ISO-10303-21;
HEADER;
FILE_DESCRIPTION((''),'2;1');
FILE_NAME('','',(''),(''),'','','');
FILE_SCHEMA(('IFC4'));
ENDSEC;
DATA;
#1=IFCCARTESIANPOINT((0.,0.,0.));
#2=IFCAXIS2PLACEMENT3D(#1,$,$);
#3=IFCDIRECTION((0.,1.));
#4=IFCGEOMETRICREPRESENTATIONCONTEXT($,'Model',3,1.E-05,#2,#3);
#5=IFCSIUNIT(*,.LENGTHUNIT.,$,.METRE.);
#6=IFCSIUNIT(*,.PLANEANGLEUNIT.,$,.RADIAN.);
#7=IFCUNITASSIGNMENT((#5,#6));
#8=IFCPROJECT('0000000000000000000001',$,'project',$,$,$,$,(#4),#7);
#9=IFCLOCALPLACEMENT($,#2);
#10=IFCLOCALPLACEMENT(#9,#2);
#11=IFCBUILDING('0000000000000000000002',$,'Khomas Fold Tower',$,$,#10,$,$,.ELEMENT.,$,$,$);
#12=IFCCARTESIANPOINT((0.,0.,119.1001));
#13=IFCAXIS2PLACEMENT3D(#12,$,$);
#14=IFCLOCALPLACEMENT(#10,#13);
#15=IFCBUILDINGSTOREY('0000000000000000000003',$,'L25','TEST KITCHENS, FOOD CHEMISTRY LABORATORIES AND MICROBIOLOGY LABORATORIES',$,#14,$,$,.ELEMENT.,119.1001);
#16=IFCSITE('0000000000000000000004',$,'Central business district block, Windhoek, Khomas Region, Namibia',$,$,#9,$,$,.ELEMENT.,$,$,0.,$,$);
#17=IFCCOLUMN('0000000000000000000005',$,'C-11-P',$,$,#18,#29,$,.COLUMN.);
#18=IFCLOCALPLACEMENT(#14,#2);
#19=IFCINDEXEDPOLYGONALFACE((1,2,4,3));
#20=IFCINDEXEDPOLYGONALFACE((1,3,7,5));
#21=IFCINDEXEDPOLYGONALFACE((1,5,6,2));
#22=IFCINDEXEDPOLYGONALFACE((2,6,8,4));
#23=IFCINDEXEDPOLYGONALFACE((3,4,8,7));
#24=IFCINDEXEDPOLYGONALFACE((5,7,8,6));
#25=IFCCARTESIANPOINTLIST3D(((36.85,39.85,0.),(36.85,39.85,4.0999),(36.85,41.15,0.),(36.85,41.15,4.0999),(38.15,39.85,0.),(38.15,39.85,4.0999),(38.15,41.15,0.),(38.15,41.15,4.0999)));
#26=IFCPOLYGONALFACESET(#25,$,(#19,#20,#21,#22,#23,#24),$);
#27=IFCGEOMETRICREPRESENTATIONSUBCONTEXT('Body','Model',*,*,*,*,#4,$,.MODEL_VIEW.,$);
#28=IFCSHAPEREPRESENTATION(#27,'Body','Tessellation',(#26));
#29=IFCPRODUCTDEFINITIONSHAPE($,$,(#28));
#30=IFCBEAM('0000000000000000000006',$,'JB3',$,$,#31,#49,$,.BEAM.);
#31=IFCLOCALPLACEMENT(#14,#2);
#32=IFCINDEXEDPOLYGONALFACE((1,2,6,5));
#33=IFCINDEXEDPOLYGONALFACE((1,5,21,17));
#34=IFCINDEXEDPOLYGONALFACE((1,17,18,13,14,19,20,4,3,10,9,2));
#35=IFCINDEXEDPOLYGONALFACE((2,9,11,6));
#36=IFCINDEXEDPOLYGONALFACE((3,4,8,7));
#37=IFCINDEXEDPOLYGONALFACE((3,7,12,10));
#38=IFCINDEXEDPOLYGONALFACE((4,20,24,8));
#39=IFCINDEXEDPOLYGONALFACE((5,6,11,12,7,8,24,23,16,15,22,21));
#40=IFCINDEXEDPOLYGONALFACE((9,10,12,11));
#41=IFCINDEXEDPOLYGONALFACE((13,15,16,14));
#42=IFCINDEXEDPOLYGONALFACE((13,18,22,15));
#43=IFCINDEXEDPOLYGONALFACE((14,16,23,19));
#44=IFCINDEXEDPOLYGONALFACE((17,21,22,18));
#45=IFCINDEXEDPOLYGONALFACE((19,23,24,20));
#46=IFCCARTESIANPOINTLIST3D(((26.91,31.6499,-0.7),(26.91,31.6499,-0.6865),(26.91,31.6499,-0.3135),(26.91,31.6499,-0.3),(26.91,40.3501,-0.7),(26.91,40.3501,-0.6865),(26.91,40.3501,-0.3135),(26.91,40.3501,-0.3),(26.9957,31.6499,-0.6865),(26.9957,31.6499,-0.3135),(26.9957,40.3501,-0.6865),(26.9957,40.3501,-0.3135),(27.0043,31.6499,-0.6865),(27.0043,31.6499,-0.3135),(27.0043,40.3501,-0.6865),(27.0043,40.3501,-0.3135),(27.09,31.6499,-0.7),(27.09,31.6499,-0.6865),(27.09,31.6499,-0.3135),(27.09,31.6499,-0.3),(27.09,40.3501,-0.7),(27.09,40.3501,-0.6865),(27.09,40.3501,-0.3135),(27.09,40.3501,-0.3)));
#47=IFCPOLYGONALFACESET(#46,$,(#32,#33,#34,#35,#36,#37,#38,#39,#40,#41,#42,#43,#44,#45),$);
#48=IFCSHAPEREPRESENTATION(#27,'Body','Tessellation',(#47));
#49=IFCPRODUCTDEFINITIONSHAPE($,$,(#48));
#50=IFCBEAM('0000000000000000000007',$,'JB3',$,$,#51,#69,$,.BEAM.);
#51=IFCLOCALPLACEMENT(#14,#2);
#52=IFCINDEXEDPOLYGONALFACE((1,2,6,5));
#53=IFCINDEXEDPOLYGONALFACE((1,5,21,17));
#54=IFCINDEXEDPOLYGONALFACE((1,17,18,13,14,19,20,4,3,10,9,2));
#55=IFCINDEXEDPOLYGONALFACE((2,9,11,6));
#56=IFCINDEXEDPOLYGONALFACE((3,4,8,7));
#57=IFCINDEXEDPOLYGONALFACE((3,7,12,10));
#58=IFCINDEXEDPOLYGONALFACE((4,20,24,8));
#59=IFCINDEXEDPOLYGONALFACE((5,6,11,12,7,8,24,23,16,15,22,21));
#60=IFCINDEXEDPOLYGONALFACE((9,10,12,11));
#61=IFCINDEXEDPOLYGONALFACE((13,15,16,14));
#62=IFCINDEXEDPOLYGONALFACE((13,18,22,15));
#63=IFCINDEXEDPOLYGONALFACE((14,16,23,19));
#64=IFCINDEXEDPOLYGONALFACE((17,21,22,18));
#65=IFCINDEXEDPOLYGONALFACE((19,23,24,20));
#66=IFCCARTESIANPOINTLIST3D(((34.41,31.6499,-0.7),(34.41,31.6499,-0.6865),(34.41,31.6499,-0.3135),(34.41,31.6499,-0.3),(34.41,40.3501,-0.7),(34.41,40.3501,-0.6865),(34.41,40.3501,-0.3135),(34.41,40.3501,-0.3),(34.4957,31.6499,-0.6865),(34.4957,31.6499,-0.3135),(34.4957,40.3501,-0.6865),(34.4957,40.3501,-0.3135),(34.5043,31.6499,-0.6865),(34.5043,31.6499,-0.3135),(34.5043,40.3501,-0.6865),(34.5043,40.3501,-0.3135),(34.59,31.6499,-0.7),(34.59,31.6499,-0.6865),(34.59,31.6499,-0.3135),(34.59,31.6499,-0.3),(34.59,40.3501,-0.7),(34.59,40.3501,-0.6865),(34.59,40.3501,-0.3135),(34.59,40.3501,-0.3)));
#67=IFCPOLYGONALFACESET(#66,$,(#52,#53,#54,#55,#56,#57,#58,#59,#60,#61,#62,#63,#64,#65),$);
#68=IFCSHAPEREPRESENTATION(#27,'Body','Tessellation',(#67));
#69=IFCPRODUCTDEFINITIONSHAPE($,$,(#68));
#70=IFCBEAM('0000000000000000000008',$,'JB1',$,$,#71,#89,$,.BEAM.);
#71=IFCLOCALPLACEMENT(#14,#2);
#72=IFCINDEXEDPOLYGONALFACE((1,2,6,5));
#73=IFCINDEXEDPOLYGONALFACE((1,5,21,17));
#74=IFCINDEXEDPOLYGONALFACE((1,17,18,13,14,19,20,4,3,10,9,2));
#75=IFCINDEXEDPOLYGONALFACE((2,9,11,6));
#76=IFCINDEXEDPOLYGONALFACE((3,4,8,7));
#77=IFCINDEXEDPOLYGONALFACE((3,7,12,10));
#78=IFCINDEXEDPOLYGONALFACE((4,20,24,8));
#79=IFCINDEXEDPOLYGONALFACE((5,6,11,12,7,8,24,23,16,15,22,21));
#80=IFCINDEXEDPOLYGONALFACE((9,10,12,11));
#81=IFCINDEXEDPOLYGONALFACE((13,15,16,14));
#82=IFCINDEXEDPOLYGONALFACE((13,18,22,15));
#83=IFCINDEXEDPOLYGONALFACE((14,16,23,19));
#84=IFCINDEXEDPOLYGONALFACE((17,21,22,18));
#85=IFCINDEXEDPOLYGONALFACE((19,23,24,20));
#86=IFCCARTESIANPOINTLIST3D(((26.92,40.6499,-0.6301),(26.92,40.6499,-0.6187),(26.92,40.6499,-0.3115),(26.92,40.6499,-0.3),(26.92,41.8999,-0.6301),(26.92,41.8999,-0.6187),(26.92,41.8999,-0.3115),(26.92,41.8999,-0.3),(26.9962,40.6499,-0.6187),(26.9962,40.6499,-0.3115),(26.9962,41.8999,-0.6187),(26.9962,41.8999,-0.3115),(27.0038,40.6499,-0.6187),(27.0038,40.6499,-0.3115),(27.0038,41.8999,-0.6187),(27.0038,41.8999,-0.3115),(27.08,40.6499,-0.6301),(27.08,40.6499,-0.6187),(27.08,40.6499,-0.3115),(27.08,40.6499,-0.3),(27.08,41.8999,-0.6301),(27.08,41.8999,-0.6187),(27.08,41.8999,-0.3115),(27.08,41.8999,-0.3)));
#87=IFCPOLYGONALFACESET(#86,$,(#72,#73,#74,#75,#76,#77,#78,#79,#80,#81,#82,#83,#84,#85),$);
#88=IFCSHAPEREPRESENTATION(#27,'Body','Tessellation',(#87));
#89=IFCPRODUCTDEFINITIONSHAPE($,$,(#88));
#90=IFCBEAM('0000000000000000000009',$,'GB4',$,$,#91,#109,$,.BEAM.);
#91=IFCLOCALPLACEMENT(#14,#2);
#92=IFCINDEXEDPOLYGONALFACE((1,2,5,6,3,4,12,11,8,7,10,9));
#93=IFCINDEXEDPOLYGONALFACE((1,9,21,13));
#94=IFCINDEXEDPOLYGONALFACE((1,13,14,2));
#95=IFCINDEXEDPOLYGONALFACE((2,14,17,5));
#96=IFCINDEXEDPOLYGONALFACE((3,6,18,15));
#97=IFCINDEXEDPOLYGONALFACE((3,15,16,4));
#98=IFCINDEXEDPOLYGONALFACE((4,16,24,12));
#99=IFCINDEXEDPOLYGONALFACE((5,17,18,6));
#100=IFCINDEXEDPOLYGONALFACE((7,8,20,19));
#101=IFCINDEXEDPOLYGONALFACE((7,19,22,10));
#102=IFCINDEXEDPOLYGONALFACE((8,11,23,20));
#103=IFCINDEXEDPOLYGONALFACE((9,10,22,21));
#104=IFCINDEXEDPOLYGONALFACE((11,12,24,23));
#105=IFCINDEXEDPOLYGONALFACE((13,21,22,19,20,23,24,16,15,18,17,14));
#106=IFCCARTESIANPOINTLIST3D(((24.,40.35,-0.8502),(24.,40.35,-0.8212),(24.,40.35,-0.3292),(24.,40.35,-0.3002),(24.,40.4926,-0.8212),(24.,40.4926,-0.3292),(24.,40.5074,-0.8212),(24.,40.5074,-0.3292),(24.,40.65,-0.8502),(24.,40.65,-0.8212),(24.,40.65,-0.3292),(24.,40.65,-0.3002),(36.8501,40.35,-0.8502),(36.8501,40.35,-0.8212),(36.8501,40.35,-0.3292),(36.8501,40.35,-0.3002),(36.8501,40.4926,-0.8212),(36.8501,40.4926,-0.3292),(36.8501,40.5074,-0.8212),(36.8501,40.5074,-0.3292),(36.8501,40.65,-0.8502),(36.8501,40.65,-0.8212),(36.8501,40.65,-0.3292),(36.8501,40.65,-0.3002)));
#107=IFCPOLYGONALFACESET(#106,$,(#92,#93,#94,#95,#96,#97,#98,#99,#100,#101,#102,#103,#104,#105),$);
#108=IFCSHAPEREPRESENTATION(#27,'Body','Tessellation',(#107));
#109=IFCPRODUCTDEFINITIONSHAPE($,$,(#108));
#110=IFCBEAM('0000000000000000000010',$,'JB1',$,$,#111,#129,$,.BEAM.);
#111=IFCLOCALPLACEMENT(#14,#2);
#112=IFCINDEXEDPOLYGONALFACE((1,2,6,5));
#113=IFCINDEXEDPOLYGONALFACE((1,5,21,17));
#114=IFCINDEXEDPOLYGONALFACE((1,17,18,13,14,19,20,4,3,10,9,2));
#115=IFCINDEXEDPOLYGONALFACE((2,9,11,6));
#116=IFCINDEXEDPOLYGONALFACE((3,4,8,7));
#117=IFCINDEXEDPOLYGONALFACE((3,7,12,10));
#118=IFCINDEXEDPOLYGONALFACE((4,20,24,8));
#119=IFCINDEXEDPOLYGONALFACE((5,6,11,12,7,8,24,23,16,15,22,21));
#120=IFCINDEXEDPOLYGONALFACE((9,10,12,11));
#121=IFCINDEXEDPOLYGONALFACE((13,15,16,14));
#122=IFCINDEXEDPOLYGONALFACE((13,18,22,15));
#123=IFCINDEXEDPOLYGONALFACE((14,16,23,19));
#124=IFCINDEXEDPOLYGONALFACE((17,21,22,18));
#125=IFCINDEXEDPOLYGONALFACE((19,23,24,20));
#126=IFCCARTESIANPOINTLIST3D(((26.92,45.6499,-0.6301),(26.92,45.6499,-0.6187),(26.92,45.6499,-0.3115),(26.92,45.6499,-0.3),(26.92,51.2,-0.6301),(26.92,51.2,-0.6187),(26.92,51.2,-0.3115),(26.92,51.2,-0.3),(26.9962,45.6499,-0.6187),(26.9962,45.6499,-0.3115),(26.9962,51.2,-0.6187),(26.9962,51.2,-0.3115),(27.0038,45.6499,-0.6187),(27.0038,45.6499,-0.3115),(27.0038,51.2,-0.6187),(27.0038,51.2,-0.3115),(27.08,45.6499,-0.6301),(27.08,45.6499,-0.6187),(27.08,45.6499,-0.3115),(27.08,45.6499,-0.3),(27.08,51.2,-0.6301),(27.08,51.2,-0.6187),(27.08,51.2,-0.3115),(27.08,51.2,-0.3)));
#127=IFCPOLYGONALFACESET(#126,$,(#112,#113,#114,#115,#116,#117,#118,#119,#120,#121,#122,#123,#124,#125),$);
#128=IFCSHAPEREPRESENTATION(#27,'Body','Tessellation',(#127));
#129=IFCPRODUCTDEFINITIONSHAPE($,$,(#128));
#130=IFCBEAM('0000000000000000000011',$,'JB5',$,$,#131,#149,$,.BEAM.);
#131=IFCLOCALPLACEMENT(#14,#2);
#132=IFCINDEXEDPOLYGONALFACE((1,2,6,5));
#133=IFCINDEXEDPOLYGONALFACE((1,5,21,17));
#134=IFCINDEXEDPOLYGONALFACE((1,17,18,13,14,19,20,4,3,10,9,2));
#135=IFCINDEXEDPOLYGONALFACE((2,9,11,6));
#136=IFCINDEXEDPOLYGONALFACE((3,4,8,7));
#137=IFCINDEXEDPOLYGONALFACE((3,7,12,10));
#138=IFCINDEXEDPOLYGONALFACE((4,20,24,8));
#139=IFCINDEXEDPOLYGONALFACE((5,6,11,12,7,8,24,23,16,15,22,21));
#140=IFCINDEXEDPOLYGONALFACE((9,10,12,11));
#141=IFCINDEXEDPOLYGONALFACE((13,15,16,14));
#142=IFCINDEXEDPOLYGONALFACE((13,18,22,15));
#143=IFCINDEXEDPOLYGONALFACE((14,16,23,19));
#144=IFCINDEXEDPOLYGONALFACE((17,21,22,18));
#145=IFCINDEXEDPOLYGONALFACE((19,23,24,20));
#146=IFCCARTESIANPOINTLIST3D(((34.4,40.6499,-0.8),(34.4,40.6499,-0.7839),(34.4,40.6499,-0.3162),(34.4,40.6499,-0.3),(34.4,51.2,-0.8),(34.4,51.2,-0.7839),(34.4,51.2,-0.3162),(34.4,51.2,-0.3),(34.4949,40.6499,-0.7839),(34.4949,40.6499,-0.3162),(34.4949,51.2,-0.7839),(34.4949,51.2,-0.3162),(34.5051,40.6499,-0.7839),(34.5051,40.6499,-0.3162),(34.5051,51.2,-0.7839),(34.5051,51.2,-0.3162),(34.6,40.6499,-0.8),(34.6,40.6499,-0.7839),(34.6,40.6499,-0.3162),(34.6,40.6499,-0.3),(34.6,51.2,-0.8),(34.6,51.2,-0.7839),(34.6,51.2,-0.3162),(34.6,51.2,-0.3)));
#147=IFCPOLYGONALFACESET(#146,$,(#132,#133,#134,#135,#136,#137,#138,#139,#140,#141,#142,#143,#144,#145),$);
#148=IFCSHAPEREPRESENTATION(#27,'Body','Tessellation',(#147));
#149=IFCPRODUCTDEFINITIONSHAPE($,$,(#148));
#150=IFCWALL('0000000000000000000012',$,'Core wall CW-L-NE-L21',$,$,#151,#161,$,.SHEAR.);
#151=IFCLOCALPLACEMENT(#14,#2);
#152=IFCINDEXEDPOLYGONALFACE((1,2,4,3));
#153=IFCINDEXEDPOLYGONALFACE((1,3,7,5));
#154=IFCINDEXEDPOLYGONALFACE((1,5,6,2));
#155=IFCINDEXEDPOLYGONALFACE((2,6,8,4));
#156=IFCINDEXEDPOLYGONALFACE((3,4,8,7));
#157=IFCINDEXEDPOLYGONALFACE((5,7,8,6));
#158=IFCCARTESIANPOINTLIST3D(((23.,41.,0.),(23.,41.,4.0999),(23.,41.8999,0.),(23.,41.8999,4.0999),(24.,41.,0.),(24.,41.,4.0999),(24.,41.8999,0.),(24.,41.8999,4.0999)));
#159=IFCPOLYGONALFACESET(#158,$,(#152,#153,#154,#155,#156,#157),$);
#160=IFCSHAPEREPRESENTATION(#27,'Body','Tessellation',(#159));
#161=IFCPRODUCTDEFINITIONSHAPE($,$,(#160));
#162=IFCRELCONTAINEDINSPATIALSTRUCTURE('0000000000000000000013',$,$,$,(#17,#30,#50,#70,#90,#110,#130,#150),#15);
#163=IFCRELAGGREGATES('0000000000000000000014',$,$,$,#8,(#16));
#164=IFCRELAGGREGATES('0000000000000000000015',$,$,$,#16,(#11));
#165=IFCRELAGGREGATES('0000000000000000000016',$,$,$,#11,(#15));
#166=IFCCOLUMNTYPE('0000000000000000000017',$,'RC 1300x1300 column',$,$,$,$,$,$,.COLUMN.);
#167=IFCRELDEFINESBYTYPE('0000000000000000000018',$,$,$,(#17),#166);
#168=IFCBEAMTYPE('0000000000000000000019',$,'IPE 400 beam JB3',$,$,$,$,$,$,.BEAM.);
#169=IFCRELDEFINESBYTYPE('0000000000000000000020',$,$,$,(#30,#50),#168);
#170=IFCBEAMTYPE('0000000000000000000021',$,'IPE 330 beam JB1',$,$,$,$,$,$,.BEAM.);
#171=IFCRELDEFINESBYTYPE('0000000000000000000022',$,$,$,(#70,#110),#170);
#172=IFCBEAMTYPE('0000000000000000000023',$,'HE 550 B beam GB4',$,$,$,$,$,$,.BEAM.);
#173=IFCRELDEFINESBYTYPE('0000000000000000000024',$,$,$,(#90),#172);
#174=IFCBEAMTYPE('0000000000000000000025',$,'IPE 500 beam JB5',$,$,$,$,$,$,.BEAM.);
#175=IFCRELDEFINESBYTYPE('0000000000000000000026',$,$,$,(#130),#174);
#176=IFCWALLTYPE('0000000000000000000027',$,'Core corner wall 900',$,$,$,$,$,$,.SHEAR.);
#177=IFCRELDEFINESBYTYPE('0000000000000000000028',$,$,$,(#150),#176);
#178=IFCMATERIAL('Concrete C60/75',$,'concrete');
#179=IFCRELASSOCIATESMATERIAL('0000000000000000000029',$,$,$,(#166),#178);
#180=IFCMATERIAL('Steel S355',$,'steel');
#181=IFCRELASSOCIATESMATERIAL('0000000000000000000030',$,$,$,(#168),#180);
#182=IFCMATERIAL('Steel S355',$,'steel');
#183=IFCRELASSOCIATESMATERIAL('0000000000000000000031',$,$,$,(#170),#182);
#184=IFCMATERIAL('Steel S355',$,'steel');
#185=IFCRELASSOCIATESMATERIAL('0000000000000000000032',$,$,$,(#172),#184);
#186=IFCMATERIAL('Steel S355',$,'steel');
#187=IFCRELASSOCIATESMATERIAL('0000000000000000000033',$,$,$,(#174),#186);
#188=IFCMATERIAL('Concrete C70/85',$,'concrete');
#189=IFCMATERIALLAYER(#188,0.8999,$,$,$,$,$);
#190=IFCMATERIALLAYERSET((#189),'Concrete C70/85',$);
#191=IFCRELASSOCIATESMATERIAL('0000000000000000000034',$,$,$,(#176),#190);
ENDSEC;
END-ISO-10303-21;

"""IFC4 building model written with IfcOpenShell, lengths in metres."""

from ifc_helpers import new_model, si_unit, direction, frame, frame_2d, origin, origin_2d, place, context, subcontext, project, spatial, rectangle, i_section, extrude, source, transform, mapped, material, layer, layer_set, material_profile, profile_set, type_object, element, save


model = new_model("IFC4")

# Units and contexts
model_context = context("Model", 3, precision=1e-05, world=origin(), true_north=direction((0.0, 1.0)))
body_context = subcontext(model_context, "Body", "Model", "MODEL_VIEW")
ifc_project = project(units=[si_unit("LENGTHUNIT", "METRE"), si_unit("PLANEANGLEUNIT", "RADIAN")], contexts=[model_context])

# Site, building, storey
site_placement = place(None, origin())
site = spatial("IfcSite", under=ifc_project, at=site_placement, Name="Central business district block, Windhoek, Khomas Region, Namibia", CompositionType="ELEMENT", RefElevation=0.0)
building_placement = place(site_placement, origin())
building = spatial("IfcBuilding", under=site, at=building_placement, Name="Khomas Fold Tower", CompositionType="ELEMENT")
storey_placement = place(building_placement, frame((0.0, 0.0, 119.1001)))
storey = spatial("IfcBuildingStorey", under=building, at=storey_placement, Name="L25", Description="TEST KITCHENS, FOOD CHEMISTRY LABORATORIES AND MICROBIOLOGY LABORATORIES", CompositionType="ELEMENT", Elevation=119.1001)

# Column
ifc_material_1 = material(Name="Concrete C60/75", Category="concrete")
ifc_material_profile_1 = material_profile(ifc_material_1, rectangle(XDim=1.3, YDim=1.3, at=origin_2d()), Name="RC 1300x1300")
ifc_profile_set_1 = profile_set([ifc_material_profile_1], Name="Concrete C60/75")
column_type = type_object("IfcColumnType", Name="RC 1300x1300 column", PredefinedType="COLUMN", material=ifc_profile_set_1)
shared_shape_1 = source(origin(), body_context, "Body", "SweptSolid", [
    extrude(rectangle(XDim=1.3, YDim=1.3, at=origin_2d()), origin(), (0.0, 0.0, 1.0), 4.0999),
])
column_placement = place(storey_placement, frame((37.5, 40.5, 0.0), z_axis=(0.0, 0.0, 1.0), x_axis=(1.0, 0.0, 0.0)))
element("IfcColumn", 1, at=column_placement, inside=storey, type_object=column_type, Name="C-11-P", PredefinedType="COLUMN", context=body_context, shape_type="MappedRepresentation", body=[
    mapped(shared_shape_1, transform((0.0, 0.0, 0.0))),
])

# Beams
ifc_material_2 = material(Name="Steel S355", Category="steel")
ifc_material_profile_2 = material_profile(ifc_material_2, i_section(OverallWidth=0.1799, OverallDepth=0.3999, WebThickness=0.0085, FlangeThickness=0.0134, at=origin_2d()), Name="IPE 400")
ifc_profile_set_2 = profile_set([ifc_material_profile_2], Name="Steel S355")
beam_type_1 = type_object("IfcBeamType", Name="IPE 400 beam JB3", PredefinedType="BEAM", material=ifc_profile_set_2)
shared_shape_2 = source(origin(), body_context, "Body", "SweptSolid", [
    extrude(i_section(OverallWidth=0.1799, OverallDepth=0.3999, WebThickness=0.0085, FlangeThickness=0.0134, at=origin_2d()), origin(), (0.0, 0.0, 1.0), 8.7002),
])
for number, where, z_axis, x_axis, name in (
    (2, (27.0, 31.6499, -0.5), (0.0, 1.0, 0.0), (-1.0, 0.0, 0.0), "JB3"),
    (3, (34.5, 31.6499, -0.5), (0.0, 1.0, 0.0), (-1.0, 0.0, 0.0), "JB3"),
):
    element("IfcBeam", number, at=place(storey_placement, frame(where, z_axis=z_axis, x_axis=x_axis)), inside=storey, type_object=beam_type_1, Name=name, PredefinedType="BEAM", context=body_context, shape_type="MappedRepresentation", body=[
        mapped(shared_shape_2, transform((0.0, 0.0, 0.0))),
    ])
ifc_material_3 = material(Name="Steel S355", Category="steel")
ifc_material_profile_3 = material_profile(ifc_material_3, i_section(OverallWidth=0.1599, OverallDepth=0.3301, WebThickness=0.0076, FlangeThickness=0.0115, at=origin_2d()), Name="IPE 330")
ifc_profile_set_3 = profile_set([ifc_material_profile_3], Name="Steel S355")
beam_type_2 = type_object("IfcBeamType", Name="IPE 330 beam JB1", PredefinedType="BEAM", material=ifc_profile_set_3)
shared_shape_3 = source(origin(), body_context, "Body", "SweptSolid", [
    extrude(i_section(OverallWidth=0.1599, OverallDepth=0.3301, WebThickness=0.0076, FlangeThickness=0.0115, at=origin_2d()), origin(), (0.0, 0.0, 1.0), 1.25),
])
beam_1_placement = place(storey_placement, frame((27.0, 40.6499, -0.4651), z_axis=(0.0, 1.0, 0.0), x_axis=(-1.0, 0.0, 0.0)))
element("IfcBeam", 4, at=beam_1_placement, inside=storey, type_object=beam_type_2, Name="JB1", PredefinedType="BEAM", context=body_context, shape_type="MappedRepresentation", body=[
    mapped(shared_shape_3, transform((0.0, 0.0, 0.0))),
])
ifc_material_4 = material(Name="Steel S355", Category="steel")
ifc_material_profile_4 = material_profile(ifc_material_4, i_section(OverallWidth=0.3, OverallDepth=0.55, WebThickness=0.0149, FlangeThickness=0.0291, at=origin_2d()), Name="HE 550 B")
ifc_profile_set_4 = profile_set([ifc_material_profile_4], Name="Steel S355")
beam_type_3 = type_object("IfcBeamType", Name="HE 550 B beam GB4", PredefinedType="BEAM", material=ifc_profile_set_4)
shared_shape_4 = source(origin(), body_context, "Body", "SweptSolid", [
    extrude(i_section(OverallWidth=0.3, OverallDepth=0.55, WebThickness=0.0149, FlangeThickness=0.0291, at=origin_2d()), origin(), (0.0, 0.0, 1.0), 12.8501),
])
beam_2_placement = place(storey_placement, frame((24.0, 40.5, -0.5752), z_axis=(1.0, 0.0, 0.0), x_axis=(0.0, 1.0, 0.0)))
element("IfcBeam", 5, at=beam_2_placement, inside=storey, type_object=beam_type_3, Name="GB4", PredefinedType="BEAM", context=body_context, shape_type="MappedRepresentation", body=[
    mapped(shared_shape_4, transform((0.0, 0.0, 0.0))),
])
shared_shape_5 = source(origin(), body_context, "Body", "SweptSolid", [
    extrude(i_section(OverallWidth=0.1599, OverallDepth=0.3301, WebThickness=0.0076, FlangeThickness=0.0115, at=origin_2d()), origin(), (0.0, 0.0, 1.0), 5.55),
])
beam_3_placement = place(storey_placement, frame((27.0, 45.6499, -0.4651), z_axis=(0.0, 1.0, 0.0), x_axis=(-1.0, 0.0, 0.0)))
element("IfcBeam", 6, at=beam_3_placement, inside=storey, type_object=beam_type_2, Name="JB1", PredefinedType="BEAM", context=body_context, shape_type="MappedRepresentation", body=[
    mapped(shared_shape_5, transform((0.0, 0.0, 0.0))),
])
ifc_material_5 = material(Name="Steel S355", Category="steel")
ifc_material_profile_5 = material_profile(ifc_material_5, i_section(OverallWidth=0.2, OverallDepth=0.5, WebThickness=0.0103, FlangeThickness=0.0161, at=origin_2d()), Name="IPE 500")
ifc_profile_set_5 = profile_set([ifc_material_profile_5], Name="Steel S355")
beam_type_4 = type_object("IfcBeamType", Name="IPE 500 beam JB5", PredefinedType="BEAM", material=ifc_profile_set_5)
shared_shape_6 = source(origin(), body_context, "Body", "SweptSolid", [
    extrude(i_section(OverallWidth=0.2, OverallDepth=0.5, WebThickness=0.0103, FlangeThickness=0.0161, at=origin_2d()), origin(), (0.0, 0.0, 1.0), 10.55),
])
beam_4_placement = place(storey_placement, frame((34.5, 40.6499, -0.55), z_axis=(0.0, 1.0, 0.0), x_axis=(-1.0, 0.0, 0.0)))
element("IfcBeam", 7, at=beam_4_placement, inside=storey, type_object=beam_type_4, Name="JB5", PredefinedType="BEAM", context=body_context, shape_type="MappedRepresentation", body=[
    mapped(shared_shape_6, transform((0.0, 0.0, 0.0))),
])

# Wall
ifc_material_6 = material(Name="Concrete C70/85", Category="concrete")
ifc_layer_1 = layer(ifc_material_6, 0.8999)
ifc_layer_set_1 = layer_set([ifc_layer_1], Name="Concrete C70/85")
wall_type_1 = type_object("IfcWallType", Name="Core corner wall 900", PredefinedType="SHEAR", material=ifc_layer_set_1)
shared_shape_7 = source(origin(), body_context, "Body", "SweptSolid", [
    extrude(rectangle(XDim=1.0, YDim=0.8999, at=frame_2d((0.5, 0.0))), origin(), (0.0, 0.0, 1.0), 4.0999),
])
wall_1_placement = place(storey_placement, frame((23.0, 41.45, 0.0), z_axis=(0.0, 0.0, 1.0), x_axis=(1.0, 0.0, 0.0)))
element("IfcWall", 8, at=wall_1_placement, inside=storey, type_object=wall_type_1, Name="Core wall CW-L-NE-L21", PredefinedType="SHEAR", context=body_context, shape_type="MappedRepresentation", body=[
    mapped(shared_shape_7, transform((0.0, 0.0, 0.0))),
])

save(model, "model.ifc")
